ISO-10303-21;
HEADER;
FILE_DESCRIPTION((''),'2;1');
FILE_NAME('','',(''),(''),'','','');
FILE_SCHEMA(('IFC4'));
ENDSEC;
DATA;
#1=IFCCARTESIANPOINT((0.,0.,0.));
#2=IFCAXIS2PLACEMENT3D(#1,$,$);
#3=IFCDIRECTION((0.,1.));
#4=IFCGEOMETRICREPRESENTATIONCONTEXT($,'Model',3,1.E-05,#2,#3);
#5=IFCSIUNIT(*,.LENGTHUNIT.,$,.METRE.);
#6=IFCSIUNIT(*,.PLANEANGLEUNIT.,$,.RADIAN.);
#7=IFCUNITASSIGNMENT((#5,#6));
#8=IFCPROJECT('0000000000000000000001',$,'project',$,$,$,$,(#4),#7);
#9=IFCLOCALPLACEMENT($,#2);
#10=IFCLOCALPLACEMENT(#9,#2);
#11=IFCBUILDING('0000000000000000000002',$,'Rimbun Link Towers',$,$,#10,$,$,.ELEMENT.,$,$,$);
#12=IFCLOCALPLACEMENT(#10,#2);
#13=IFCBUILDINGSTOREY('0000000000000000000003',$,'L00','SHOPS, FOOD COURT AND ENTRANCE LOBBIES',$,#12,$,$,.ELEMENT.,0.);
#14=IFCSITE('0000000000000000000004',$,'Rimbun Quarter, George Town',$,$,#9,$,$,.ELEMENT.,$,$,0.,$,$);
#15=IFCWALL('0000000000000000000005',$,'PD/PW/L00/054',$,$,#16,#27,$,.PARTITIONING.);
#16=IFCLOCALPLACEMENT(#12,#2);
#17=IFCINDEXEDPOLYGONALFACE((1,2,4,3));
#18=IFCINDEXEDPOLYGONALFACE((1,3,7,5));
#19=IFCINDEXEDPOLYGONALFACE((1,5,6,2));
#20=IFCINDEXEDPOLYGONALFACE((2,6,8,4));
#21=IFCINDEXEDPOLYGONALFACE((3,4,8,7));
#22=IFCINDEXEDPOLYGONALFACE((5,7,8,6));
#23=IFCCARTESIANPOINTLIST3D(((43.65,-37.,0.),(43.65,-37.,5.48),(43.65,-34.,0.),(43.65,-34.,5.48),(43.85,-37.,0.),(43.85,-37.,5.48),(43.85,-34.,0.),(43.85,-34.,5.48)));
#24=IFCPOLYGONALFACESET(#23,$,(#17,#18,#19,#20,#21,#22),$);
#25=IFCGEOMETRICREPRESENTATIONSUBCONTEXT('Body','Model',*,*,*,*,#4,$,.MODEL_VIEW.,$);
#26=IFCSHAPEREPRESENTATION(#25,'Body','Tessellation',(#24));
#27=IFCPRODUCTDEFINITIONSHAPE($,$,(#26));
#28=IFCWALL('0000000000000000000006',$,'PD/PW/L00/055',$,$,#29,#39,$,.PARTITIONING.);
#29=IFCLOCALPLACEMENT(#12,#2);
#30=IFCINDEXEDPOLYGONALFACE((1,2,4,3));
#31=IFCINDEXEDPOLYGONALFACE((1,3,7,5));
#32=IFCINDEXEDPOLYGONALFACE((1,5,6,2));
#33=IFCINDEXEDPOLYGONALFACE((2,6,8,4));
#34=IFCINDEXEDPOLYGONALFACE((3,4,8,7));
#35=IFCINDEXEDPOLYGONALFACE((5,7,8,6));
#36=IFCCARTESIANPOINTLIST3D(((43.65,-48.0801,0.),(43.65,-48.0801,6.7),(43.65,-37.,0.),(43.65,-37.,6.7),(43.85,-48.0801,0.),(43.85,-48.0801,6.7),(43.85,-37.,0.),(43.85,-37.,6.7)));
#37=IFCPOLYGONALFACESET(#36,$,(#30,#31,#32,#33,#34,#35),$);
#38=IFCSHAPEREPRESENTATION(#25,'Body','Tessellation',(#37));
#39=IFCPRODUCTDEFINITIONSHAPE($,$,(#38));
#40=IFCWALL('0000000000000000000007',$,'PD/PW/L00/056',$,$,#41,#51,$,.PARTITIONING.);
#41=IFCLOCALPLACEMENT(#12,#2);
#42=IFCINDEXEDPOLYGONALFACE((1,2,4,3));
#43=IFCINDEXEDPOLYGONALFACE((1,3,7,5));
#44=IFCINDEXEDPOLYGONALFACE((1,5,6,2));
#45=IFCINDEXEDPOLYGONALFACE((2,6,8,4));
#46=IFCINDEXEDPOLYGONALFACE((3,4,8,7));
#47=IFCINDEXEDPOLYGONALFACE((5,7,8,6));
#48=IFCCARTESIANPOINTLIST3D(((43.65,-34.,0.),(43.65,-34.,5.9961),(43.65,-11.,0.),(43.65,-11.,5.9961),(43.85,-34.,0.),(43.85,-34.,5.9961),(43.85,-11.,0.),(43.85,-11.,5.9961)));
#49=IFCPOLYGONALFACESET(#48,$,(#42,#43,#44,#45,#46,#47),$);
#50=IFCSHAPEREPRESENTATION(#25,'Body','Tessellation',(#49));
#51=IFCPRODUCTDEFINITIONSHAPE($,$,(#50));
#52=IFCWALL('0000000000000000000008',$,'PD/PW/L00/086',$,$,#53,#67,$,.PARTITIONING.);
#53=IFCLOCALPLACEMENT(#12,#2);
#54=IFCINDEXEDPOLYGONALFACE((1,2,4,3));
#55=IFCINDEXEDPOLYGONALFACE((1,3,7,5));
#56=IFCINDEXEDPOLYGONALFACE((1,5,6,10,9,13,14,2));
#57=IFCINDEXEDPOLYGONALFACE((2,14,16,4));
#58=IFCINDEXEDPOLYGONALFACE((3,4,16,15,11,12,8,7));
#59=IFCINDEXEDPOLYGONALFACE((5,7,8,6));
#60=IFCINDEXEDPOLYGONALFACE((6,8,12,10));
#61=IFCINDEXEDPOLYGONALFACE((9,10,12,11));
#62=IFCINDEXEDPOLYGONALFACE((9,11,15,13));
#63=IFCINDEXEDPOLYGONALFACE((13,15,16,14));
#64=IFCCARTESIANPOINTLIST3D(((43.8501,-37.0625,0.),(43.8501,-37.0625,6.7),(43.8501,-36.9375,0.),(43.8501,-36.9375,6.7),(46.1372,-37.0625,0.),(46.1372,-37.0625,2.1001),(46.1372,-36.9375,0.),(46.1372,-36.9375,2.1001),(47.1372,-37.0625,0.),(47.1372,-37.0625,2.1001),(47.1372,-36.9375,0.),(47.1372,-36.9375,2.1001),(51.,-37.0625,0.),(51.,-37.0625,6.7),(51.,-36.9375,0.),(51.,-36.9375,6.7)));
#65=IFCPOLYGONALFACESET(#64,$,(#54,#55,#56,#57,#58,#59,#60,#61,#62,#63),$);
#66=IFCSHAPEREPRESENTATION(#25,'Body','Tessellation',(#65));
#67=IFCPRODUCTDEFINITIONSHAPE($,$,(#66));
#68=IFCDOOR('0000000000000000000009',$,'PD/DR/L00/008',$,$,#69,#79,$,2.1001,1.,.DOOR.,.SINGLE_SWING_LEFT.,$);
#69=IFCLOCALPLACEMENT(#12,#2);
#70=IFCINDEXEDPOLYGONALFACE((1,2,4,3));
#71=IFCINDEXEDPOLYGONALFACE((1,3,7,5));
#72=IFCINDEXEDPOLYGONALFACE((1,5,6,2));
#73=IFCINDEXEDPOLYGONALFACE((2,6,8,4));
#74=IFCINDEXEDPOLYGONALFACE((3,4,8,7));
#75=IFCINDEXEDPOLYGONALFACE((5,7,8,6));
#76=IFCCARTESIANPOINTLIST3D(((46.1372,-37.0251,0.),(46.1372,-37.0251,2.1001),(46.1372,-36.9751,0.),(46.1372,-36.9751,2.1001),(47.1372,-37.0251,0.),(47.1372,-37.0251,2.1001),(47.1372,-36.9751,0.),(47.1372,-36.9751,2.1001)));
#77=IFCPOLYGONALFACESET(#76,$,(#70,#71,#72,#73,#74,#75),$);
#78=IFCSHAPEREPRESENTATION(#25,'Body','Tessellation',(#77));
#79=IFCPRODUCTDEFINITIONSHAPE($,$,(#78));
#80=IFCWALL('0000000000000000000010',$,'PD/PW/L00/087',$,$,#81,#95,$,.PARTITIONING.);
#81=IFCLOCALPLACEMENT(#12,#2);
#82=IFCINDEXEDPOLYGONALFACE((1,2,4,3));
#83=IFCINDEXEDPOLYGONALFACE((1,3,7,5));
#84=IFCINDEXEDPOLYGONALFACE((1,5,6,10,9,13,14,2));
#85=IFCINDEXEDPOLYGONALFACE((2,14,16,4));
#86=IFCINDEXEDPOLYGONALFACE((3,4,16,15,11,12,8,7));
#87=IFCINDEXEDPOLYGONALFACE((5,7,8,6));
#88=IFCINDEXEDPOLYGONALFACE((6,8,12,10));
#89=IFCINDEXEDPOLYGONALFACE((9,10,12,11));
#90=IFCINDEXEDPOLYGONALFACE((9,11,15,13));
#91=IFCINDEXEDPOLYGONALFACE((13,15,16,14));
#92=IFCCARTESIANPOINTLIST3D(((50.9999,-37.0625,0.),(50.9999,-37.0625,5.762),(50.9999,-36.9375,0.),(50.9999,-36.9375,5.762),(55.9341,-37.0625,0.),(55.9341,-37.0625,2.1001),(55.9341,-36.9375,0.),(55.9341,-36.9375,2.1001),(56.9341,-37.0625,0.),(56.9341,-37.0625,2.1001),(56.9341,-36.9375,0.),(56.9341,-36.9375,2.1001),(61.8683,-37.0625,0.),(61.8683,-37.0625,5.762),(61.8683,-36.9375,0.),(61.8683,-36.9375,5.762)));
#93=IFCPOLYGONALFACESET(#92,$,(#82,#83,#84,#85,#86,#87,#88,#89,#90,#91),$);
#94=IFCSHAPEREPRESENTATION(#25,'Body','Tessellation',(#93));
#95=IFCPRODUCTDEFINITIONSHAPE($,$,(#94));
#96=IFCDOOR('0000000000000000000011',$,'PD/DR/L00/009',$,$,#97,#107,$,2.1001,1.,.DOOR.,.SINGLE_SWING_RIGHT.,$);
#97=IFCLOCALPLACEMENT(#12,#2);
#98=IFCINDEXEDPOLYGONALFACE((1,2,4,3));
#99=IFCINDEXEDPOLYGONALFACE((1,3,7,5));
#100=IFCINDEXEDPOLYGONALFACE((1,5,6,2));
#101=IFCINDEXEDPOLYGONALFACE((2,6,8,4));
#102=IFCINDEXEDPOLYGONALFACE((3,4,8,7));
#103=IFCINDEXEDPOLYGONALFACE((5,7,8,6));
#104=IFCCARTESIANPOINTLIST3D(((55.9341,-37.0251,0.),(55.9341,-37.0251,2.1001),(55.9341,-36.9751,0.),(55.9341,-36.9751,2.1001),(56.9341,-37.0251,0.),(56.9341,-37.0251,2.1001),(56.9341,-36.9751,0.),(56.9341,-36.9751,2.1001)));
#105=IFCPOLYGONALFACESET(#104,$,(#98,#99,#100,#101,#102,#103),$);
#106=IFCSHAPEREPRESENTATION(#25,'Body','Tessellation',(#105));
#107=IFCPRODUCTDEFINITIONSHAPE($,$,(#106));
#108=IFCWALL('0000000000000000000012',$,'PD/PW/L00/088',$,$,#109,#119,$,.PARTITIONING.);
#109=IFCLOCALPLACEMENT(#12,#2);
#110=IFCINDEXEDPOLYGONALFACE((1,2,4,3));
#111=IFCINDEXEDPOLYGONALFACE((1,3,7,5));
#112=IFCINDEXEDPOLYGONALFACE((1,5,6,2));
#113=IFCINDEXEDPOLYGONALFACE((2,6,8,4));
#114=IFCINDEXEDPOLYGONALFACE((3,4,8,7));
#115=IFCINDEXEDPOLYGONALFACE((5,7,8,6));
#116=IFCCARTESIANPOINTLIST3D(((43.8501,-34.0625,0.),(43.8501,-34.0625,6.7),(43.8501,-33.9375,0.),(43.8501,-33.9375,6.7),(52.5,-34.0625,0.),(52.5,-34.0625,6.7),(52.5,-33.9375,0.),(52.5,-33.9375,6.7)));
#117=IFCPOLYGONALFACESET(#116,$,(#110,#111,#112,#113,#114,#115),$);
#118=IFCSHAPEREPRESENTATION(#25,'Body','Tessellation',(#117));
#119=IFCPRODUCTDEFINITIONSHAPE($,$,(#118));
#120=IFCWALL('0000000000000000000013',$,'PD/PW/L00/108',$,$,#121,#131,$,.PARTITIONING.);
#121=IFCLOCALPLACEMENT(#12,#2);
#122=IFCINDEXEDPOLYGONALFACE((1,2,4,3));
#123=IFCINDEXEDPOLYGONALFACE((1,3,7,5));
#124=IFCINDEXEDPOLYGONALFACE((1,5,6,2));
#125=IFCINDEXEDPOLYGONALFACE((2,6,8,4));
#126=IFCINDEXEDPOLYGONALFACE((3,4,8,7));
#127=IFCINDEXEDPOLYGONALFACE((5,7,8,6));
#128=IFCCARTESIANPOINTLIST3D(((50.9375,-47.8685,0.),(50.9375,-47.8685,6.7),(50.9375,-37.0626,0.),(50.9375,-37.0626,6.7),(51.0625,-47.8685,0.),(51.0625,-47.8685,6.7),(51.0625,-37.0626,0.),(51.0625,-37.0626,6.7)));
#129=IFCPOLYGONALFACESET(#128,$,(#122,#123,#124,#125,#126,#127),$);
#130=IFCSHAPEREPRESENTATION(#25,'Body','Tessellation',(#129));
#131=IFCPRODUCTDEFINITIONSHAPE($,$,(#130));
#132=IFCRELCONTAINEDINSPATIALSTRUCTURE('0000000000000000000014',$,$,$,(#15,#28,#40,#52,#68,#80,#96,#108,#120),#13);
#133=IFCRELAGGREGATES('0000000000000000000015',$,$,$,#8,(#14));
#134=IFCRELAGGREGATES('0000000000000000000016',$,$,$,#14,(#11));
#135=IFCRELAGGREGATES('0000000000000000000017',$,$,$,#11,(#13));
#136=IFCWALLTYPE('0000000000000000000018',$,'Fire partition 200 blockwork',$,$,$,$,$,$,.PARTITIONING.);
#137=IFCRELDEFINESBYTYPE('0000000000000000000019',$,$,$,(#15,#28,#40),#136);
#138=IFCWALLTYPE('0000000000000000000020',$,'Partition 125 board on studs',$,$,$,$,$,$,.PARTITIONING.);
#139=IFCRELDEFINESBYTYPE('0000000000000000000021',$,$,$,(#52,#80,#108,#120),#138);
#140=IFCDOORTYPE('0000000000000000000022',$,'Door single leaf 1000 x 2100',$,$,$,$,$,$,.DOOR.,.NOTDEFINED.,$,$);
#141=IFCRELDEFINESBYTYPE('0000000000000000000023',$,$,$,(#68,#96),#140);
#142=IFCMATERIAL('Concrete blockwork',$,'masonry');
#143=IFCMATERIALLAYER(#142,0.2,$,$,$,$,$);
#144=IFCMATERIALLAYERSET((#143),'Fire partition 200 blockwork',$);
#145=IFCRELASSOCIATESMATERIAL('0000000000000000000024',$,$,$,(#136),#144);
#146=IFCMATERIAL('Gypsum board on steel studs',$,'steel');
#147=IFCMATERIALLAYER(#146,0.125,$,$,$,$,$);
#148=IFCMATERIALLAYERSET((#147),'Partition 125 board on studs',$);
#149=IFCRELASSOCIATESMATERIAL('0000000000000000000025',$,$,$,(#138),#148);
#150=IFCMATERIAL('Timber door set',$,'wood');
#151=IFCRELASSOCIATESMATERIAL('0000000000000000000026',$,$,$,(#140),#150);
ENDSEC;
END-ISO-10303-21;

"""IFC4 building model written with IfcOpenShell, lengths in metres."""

from ifc_helpers import new_model, si_unit, direction, frame, frame_2d, origin, place, context, subcontext, project, spatial, rectangle, extrude, material, layer, layer_set, type_object, element, fill, save


model = new_model("IFC4")

# Units and contexts
model_context = context("Model", 3, precision=1e-05, world=origin(), true_north=direction((0.0, 1.0)))
body_context = subcontext(model_context, "Body", "Model", "MODEL_VIEW")
ifc_project = project(units=[si_unit("LENGTHUNIT", "METRE"), si_unit("PLANEANGLEUNIT", "RADIAN")], contexts=[model_context])

# Site, building, storey
site_placement = place(None, origin())
site = spatial("IfcSite", under=ifc_project, at=site_placement, Name="Rimbun Quarter, George Town", CompositionType="ELEMENT", RefElevation=0.0)
building_placement = place(site_placement, origin())
building = spatial("IfcBuilding", under=site, at=building_placement, Name="Rimbun Link Towers", CompositionType="ELEMENT")
storey_placement = place(building_placement, origin())
storey = spatial("IfcBuildingStorey", under=building, at=storey_placement, Name="L00", Description="SHOPS, FOOD COURT AND ENTRANCE LOBBIES", CompositionType="ELEMENT", Elevation=0.0)

# Walls
ifc_material_1 = material(Name="Concrete blockwork", Category="masonry")
ifc_layer_1 = layer(ifc_material_1, 0.2)
ifc_layer_set_1 = layer_set([ifc_layer_1], Name="Fire partition 200 blockwork")
wall_type_1 = type_object("IfcWallType", Name="Fire partition 200 blockwork", PredefinedType="PARTITIONING", material=ifc_layer_set_1)
wall_1_placement = place(storey_placement, frame((43.75, -37.0, 0.0), z_axis=(0.0, 0.0, 1.0), x_axis=(0.0, 1.0, 0.0)))
element("IfcWall", 1, at=wall_1_placement, inside=storey, type_object=wall_type_1, Name="PD/PW/L00/054", PredefinedType="PARTITIONING", context=body_context, shape_type="SweptSolid", body=[
    extrude(rectangle(XDim=3.0, YDim=0.2, at=frame_2d((1.5, 0.0))), origin(), (0.0, 0.0, 1.0), 5.48),
])
wall_2_placement = place(storey_placement, frame((43.75, -48.0801, 0.0), z_axis=(0.0, 0.0, 1.0), x_axis=(0.0, 1.0, 0.0)))
element("IfcWall", 2, at=wall_2_placement, inside=storey, type_object=wall_type_1, Name="PD/PW/L00/055", PredefinedType="PARTITIONING", context=body_context, shape_type="SweptSolid", body=[
    extrude(rectangle(XDim=11.0801, YDim=0.2, at=frame_2d((5.54, 0.0))), origin(), (0.0, 0.0, 1.0), 6.7),
])
wall_3_placement = place(storey_placement, frame((43.75, -34.0, 0.0), z_axis=(0.0, 0.0, 1.0), x_axis=(0.0, 1.0, 0.0)))
element("IfcWall", 3, at=wall_3_placement, inside=storey, type_object=wall_type_1, Name="PD/PW/L00/056", PredefinedType="PARTITIONING", context=body_context, shape_type="SweptSolid", body=[
    extrude(rectangle(XDim=23.0, YDim=0.2, at=frame_2d((11.5, 0.0))), origin(), (0.0, 0.0, 1.0), 5.9961),
])

# Walls, openings, doors
ifc_material_2 = material(Name="Gypsum board on steel studs", Category="steel")
ifc_layer_2 = layer(ifc_material_2, 0.125)
ifc_layer_set_2 = layer_set([ifc_layer_2], Name="Partition 125 board on studs")
wall_type_2 = type_object("IfcWallType", Name="Partition 125 board on studs", PredefinedType="PARTITIONING", material=ifc_layer_set_2)
wall_4_placement = place(storey_placement, frame((43.8501, -37.0, 0.0), z_axis=(0.0, 0.0, 1.0), x_axis=(1.0, 0.0, 0.0)))
wall_4 = element("IfcWall", 4, at=wall_4_placement, inside=storey, type_object=wall_type_2, Name="PD/PW/L00/086", PredefinedType="PARTITIONING", context=body_context, shape_type="SweptSolid", body=[
    extrude(rectangle(XDim=7.1499, YDim=0.125, at=frame_2d((3.575, 0.0))), origin(), (0.0, 0.0, 1.0), 6.7),
])
opening_1_placement = place(wall_4_placement, frame((2.2871, 0.0, 0.0)))
opening_1 = element("IfcOpeningElement", 5, at=opening_1_placement, cuts=wall_4, PredefinedType="OPENING", context=body_context, shape_type="SweptSolid", body=[
    extrude(rectangle(XDim=1.0, YDim=2.1001, at=frame_2d((0.5, 1.05))), frame((0.0, 0.0725, 0.0), z_axis=(0.0, -1.0, 0.0), x_axis=(1.0, 0.0, 0.0)), (0.0, 0.0, 1.0), 0.145),
])
ifc_material_3 = material(Name="Timber door set", Category="wood")
door_type_1 = type_object("IfcDoorType", Name="Door single leaf 1000 x 2100", OperationType="NOTDEFINED", PredefinedType="DOOR", material=ifc_material_3)
door_1_placement = place(opening_1_placement, origin())
door_1 = element("IfcDoor", 6, at=door_1_placement, inside=storey, type_object=door_type_1, Name="PD/DR/L00/008", OperationType="SINGLE_SWING_LEFT", OverallHeight=2.1001, OverallWidth=1.0, PredefinedType="DOOR", context=body_context, shape_type="SweptSolid", body=[
    extrude(rectangle(XDim=1.0, YDim=2.1001, at=frame_2d((0.5, 1.05))), frame((0.0, 0.0249, 0.0), z_axis=(0.0, -1.0, 0.0), x_axis=(1.0, 0.0, 0.0)), (0.0, 0.0, 1.0), 0.05),
])
fill(opening_1, door_1)
wall_5_placement = place(storey_placement, frame((51.0, -37.0, 0.0), z_axis=(0.0, 0.0, 1.0), x_axis=(1.0, 0.0, 0.0)))
wall_5 = element("IfcWall", 7, at=wall_5_placement, inside=storey, type_object=wall_type_2, Name="PD/PW/L00/087", PredefinedType="PARTITIONING", context=body_context, shape_type="SweptSolid", body=[
    extrude(rectangle(XDim=10.8684, YDim=0.125, at=frame_2d((5.4341, 0.0))), origin(), (0.0, 0.0, 1.0), 5.762),
])
opening_2_placement = place(wall_5_placement, frame((4.9341, 0.0, 0.0)))
opening_2 = element("IfcOpeningElement", 8, at=opening_2_placement, cuts=wall_5, PredefinedType="OPENING", context=body_context, shape_type="SweptSolid", body=[
    extrude(rectangle(XDim=1.0, YDim=2.1001, at=frame_2d((0.5, 1.05))), frame((0.0, 0.0725, 0.0), z_axis=(0.0, -1.0, 0.0), x_axis=(1.0, 0.0, 0.0)), (0.0, 0.0, 1.0), 0.145),
])
door_2_placement = place(opening_2_placement, origin())
door_2 = element("IfcDoor", 9, at=door_2_placement, inside=storey, type_object=door_type_1, Name="PD/DR/L00/009", OperationType="SINGLE_SWING_RIGHT", OverallHeight=2.1001, OverallWidth=1.0, PredefinedType="DOOR", context=body_context, shape_type="SweptSolid", body=[
    extrude(rectangle(XDim=1.0, YDim=2.1001, at=frame_2d((0.5, 1.05))), frame((0.0, 0.0249, 0.0), z_axis=(0.0, -1.0, 0.0), x_axis=(1.0, 0.0, 0.0)), (0.0, 0.0, 1.0), 0.05),
])
fill(opening_2, door_2)

# Walls
wall_6_placement = place(storey_placement, frame((52.5, -34.0, 0.0), z_axis=(0.0, 0.0, 1.0), x_axis=(-1.0, 0.0, 0.0)))
element("IfcWall", 10, at=wall_6_placement, inside=storey, type_object=wall_type_2, Name="PD/PW/L00/088", PredefinedType="PARTITIONING", context=body_context, shape_type="SweptSolid", body=[
    extrude(rectangle(XDim=8.6499, YDim=0.125, at=frame_2d((4.325, 0.0))), origin(), (0.0, 0.0, 1.0), 6.7),
])
wall_7_placement = place(storey_placement, frame((51.0, -47.8684, 0.0), z_axis=(0.0, 0.0, 1.0), x_axis=(0.0, 1.0, 0.0)))
element("IfcWall", 11, at=wall_7_placement, inside=storey, type_object=wall_type_2, Name="PD/PW/L00/108", PredefinedType="PARTITIONING", context=body_context, shape_type="SweptSolid", body=[
    extrude(rectangle(XDim=10.8059, YDim=0.125, at=frame_2d((5.4028, 0.0))), origin(), (0.0, 0.0, 1.0), 6.7),
])

save(model, "model.ifc")
